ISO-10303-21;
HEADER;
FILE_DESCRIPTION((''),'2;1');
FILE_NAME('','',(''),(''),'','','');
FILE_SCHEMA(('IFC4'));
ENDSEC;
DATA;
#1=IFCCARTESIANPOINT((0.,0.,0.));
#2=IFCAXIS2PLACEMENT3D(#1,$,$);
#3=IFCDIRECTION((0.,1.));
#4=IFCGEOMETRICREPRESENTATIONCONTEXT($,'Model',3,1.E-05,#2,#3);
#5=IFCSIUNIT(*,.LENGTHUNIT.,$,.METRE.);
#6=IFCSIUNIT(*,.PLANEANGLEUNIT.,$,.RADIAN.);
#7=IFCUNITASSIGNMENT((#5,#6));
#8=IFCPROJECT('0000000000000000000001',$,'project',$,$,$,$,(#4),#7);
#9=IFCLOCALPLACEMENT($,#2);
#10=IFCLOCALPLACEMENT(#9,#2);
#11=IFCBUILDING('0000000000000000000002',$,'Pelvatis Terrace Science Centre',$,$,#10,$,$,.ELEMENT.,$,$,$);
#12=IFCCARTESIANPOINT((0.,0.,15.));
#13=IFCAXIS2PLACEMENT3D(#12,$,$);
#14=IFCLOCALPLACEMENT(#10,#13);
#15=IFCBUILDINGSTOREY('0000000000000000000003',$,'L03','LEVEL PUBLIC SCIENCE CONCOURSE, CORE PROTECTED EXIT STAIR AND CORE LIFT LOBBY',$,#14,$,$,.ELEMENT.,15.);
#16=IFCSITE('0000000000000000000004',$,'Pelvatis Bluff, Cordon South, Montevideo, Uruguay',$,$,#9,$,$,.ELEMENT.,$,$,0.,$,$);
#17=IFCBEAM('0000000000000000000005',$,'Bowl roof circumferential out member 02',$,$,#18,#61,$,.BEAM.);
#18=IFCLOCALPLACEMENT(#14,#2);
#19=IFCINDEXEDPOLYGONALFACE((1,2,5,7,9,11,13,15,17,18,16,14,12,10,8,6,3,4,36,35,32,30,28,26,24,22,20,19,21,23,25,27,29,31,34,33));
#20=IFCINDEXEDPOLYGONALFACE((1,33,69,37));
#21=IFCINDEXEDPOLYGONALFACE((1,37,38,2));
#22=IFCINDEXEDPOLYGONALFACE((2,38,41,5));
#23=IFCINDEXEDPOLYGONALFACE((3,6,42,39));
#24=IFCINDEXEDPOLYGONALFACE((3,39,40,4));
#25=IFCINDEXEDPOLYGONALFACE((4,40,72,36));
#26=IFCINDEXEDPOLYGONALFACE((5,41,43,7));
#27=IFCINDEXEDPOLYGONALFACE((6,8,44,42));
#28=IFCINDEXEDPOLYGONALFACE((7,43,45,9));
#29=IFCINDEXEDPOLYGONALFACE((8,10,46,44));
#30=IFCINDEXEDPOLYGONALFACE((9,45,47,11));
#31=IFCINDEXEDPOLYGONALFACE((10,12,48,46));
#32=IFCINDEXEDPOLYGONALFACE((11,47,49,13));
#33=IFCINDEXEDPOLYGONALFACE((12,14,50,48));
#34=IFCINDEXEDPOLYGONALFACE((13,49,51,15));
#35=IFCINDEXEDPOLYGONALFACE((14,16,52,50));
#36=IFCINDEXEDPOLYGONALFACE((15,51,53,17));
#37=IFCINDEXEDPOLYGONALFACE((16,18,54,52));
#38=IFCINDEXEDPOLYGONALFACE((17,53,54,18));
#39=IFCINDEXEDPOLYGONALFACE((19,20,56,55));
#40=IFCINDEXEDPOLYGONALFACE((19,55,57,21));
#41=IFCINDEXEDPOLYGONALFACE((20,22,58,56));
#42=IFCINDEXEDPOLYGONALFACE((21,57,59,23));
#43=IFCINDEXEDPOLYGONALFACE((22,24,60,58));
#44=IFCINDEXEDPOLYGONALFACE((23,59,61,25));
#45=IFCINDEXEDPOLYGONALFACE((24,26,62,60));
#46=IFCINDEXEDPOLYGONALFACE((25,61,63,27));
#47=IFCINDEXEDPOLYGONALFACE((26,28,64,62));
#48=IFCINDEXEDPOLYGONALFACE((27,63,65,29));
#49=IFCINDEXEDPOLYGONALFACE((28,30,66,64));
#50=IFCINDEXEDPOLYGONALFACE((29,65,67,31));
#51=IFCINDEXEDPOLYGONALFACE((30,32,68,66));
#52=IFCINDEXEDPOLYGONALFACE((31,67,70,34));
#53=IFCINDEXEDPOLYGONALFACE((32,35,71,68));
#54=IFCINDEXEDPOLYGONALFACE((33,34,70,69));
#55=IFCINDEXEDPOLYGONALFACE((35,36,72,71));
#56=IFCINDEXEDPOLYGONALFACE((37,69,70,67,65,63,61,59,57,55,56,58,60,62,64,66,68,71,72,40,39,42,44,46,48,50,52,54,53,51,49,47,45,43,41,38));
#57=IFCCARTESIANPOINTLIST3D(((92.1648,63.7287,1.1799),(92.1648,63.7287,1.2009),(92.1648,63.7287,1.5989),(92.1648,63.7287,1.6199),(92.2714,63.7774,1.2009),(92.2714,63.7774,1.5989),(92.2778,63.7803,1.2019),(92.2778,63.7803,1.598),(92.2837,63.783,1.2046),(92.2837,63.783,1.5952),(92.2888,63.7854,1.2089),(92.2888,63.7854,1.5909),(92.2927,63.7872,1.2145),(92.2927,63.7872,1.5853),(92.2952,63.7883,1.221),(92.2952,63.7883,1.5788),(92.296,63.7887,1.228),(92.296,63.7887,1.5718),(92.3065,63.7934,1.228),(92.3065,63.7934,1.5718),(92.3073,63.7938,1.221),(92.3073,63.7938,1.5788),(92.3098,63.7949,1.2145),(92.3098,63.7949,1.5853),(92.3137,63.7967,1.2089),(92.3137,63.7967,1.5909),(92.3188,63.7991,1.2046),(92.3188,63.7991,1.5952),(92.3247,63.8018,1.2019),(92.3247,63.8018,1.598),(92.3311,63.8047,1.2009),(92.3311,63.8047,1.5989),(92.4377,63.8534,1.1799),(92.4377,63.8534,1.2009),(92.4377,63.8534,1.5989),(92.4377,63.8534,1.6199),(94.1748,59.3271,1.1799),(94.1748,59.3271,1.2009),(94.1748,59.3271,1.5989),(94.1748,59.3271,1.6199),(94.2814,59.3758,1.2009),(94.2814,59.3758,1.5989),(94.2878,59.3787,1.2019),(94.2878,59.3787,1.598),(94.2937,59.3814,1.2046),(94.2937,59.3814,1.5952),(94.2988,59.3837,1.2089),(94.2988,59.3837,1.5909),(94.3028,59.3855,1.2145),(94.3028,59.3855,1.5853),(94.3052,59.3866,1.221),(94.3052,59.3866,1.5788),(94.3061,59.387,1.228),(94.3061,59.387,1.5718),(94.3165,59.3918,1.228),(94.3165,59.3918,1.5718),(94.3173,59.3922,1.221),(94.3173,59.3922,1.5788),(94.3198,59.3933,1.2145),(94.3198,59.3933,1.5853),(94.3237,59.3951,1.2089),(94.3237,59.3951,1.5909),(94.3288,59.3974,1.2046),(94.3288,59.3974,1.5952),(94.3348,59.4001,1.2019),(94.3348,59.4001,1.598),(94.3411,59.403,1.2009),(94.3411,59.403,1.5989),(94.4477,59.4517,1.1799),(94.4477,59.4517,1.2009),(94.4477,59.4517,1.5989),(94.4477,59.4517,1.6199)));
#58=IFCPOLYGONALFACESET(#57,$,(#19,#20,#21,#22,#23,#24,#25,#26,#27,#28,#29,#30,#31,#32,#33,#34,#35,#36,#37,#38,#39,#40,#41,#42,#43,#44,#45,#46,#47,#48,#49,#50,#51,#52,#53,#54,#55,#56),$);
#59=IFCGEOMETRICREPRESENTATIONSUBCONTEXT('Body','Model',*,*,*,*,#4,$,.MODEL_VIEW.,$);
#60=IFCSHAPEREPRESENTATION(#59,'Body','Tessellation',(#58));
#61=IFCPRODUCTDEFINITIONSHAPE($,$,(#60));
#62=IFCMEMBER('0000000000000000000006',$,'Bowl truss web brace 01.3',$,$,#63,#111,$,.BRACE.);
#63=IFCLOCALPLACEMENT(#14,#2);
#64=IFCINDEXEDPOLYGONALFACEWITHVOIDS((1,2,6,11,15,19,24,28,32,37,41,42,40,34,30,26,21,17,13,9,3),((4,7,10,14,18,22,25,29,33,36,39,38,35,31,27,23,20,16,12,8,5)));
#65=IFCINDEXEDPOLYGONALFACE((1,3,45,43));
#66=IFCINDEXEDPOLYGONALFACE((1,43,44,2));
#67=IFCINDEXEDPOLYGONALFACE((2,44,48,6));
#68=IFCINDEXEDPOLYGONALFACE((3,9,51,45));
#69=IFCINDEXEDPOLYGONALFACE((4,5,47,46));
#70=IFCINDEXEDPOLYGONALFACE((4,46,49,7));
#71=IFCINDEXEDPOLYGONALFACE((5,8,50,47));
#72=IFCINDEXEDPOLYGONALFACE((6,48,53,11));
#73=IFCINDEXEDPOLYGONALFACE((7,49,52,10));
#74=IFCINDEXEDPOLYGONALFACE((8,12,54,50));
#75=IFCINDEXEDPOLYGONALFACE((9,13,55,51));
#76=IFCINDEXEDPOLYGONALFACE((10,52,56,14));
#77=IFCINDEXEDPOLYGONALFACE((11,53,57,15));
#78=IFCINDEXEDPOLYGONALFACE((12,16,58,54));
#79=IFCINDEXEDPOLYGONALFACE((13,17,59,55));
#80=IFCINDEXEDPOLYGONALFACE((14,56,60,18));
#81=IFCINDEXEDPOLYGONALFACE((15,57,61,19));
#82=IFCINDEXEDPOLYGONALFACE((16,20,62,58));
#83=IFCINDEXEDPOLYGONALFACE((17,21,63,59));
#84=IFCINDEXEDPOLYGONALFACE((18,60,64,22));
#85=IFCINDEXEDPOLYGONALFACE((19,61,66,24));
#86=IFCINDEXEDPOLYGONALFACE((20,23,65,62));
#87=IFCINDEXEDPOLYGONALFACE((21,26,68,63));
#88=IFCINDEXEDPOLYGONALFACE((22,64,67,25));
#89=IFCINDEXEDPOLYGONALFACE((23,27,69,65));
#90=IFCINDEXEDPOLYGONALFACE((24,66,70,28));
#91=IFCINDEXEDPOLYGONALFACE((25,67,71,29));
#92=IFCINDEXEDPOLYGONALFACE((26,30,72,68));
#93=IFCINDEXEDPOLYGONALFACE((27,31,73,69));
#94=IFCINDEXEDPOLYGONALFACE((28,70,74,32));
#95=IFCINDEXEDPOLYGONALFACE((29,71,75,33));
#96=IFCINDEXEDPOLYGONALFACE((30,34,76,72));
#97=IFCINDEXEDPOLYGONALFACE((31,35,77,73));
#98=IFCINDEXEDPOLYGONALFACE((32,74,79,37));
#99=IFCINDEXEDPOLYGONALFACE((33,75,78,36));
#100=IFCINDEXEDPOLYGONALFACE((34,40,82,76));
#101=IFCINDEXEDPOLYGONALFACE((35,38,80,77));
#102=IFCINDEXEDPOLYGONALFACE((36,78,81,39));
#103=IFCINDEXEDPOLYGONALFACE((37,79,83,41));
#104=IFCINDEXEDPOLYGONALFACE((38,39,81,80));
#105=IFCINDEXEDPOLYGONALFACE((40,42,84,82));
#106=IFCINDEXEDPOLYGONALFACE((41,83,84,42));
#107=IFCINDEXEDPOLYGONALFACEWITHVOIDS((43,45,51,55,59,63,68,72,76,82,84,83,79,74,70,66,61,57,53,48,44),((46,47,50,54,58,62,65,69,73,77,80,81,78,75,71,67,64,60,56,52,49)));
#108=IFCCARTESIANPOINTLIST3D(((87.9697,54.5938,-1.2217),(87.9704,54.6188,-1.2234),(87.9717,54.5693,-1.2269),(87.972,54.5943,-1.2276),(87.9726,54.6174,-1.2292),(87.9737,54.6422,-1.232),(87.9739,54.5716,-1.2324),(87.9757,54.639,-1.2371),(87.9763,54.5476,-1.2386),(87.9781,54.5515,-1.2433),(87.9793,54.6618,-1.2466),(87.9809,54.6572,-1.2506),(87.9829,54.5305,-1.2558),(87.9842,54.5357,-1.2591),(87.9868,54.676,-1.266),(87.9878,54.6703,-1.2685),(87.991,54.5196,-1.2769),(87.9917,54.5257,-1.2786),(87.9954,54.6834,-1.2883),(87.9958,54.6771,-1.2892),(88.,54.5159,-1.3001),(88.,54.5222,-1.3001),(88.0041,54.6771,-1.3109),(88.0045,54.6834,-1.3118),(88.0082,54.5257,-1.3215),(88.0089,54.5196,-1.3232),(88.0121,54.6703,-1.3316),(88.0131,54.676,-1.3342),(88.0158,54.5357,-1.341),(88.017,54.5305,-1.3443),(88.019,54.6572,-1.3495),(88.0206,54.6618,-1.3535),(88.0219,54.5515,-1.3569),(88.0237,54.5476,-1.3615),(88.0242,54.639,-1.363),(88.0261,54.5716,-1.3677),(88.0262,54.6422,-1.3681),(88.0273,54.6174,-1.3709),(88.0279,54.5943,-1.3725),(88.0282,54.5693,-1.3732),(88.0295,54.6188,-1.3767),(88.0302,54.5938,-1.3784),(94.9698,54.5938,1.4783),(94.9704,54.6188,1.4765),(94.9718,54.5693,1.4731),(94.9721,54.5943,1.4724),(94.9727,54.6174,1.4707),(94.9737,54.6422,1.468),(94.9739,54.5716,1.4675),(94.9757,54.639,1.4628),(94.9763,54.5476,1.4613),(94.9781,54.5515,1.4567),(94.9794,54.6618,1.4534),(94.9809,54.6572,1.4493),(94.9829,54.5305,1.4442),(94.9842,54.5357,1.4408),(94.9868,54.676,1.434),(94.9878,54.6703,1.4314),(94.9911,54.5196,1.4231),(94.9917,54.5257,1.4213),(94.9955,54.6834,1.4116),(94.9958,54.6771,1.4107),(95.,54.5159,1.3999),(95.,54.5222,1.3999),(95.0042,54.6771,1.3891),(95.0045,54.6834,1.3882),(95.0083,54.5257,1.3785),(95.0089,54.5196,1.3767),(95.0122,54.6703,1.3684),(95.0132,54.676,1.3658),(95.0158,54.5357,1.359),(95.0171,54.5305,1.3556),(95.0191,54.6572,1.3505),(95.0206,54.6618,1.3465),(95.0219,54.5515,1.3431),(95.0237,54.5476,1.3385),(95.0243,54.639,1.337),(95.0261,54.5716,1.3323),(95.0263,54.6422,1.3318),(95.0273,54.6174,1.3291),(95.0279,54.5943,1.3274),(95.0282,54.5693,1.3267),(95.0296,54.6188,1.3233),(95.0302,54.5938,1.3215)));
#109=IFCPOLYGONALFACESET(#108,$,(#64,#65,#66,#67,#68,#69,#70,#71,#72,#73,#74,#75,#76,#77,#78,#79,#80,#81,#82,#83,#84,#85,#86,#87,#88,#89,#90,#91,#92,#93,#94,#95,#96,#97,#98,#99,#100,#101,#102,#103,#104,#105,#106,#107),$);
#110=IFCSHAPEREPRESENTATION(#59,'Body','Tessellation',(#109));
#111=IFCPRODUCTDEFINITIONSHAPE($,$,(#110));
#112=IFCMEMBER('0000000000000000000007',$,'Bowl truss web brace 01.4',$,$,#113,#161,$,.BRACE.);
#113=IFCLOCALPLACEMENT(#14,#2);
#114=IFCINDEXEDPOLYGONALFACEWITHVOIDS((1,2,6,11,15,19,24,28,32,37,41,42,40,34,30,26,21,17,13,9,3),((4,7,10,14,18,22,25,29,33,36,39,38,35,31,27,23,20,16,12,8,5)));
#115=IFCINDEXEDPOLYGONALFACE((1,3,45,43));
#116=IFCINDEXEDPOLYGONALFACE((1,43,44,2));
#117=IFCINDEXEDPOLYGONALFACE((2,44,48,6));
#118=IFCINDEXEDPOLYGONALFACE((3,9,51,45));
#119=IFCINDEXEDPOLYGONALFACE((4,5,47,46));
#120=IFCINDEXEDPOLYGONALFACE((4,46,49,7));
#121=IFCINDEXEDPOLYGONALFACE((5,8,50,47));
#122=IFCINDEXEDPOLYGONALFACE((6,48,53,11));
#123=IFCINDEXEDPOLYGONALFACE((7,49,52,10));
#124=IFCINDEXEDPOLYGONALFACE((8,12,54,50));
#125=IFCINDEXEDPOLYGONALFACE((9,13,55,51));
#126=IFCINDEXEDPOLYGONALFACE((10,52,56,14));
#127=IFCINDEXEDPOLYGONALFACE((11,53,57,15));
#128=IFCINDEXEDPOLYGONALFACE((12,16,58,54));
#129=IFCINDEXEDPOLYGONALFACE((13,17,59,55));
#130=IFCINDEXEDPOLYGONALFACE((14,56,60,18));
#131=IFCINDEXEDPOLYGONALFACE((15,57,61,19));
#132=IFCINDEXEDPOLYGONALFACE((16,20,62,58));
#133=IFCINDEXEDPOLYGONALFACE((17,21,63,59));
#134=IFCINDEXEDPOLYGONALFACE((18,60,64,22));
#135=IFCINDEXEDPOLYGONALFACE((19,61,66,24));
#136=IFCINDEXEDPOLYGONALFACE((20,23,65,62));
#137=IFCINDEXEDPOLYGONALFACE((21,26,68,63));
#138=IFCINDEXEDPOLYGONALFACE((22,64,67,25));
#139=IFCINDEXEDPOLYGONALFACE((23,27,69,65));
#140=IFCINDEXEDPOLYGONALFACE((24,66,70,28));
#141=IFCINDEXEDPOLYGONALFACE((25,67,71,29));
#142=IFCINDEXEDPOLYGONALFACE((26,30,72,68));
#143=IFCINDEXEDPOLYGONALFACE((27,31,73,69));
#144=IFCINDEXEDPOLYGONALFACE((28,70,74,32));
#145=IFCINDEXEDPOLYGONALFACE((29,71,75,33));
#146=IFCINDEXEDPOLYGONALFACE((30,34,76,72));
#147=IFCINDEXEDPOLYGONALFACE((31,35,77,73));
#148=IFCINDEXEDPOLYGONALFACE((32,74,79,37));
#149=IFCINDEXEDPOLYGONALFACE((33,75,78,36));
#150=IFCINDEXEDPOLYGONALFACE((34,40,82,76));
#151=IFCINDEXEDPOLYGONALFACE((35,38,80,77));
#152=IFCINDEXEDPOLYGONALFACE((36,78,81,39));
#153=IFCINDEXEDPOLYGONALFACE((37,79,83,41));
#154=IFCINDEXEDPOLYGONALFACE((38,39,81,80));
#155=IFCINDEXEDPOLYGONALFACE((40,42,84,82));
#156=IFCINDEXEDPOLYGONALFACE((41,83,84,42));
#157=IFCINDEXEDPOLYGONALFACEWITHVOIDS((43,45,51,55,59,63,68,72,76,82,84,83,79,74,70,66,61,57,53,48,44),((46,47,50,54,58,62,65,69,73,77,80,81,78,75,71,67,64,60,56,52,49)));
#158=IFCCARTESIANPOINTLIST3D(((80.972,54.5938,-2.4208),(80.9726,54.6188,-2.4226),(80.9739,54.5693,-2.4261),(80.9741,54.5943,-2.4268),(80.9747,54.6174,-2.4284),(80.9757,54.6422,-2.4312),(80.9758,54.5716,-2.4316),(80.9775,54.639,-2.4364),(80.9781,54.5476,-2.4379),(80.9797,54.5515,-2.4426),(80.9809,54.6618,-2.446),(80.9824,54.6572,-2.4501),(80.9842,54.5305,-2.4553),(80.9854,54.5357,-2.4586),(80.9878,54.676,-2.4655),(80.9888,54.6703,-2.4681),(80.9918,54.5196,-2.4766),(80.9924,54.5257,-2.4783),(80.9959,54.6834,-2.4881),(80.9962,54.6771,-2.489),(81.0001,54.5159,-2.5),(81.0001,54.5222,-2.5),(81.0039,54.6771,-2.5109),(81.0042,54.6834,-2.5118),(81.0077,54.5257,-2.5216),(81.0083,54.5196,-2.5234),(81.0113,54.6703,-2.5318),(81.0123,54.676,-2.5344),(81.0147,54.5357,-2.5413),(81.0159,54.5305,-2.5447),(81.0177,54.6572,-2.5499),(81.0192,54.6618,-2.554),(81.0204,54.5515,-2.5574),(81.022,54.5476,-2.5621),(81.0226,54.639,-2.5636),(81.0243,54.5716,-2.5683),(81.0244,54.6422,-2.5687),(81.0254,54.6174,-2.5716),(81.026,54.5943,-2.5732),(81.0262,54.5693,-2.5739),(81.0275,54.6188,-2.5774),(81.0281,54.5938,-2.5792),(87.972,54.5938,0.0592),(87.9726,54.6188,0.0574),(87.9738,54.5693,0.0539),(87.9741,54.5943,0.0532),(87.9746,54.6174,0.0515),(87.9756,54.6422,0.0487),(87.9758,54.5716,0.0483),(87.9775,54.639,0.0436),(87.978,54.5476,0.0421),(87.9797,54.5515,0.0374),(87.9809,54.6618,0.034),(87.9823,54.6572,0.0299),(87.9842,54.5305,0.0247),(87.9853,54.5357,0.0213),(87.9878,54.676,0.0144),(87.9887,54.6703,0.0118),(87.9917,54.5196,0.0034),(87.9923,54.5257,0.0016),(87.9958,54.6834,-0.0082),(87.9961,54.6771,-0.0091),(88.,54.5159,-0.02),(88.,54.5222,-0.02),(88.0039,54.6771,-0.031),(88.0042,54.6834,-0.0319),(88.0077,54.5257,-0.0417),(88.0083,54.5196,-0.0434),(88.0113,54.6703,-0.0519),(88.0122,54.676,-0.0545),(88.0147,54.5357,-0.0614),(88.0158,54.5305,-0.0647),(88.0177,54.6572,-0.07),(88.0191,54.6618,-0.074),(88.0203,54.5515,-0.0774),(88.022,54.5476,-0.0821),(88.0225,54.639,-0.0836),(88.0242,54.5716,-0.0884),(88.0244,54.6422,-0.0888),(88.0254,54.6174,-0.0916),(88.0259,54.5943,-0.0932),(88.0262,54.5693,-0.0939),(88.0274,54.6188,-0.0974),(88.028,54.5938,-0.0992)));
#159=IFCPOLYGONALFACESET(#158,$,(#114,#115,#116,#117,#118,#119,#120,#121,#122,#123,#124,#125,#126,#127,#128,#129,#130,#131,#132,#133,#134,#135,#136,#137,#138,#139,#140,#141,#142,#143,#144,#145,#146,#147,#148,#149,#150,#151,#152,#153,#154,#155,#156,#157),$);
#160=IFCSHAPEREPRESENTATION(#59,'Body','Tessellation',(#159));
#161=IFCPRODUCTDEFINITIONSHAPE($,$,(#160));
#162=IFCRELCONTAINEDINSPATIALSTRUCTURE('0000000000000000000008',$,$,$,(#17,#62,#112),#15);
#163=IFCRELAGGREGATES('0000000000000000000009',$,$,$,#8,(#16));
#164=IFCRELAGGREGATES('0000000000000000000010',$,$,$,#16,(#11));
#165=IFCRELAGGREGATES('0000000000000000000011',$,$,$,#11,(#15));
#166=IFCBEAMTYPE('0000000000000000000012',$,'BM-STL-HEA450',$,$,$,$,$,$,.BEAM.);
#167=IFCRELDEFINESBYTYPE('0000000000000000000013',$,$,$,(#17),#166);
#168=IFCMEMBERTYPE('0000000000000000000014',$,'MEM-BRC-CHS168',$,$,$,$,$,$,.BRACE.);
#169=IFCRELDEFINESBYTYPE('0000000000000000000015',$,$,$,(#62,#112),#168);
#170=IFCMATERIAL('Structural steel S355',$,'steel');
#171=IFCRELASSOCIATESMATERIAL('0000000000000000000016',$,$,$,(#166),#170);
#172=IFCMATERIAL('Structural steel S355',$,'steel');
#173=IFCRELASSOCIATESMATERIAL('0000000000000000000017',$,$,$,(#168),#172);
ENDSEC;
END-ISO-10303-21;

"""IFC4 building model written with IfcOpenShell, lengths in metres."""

from ifc_helpers import new_model, si_unit, direction, frame, origin, origin_2d, place, context, subcontext, project, spatial, hollow_circle, i_section, extrude, material, material_profile, profile_set, type_object, element, save


model = new_model("IFC4")

# Units and contexts
model_context = context("Model", 3, precision=1e-05, world=origin(), true_north=direction((0.0, 1.0)))
body_context = subcontext(model_context, "Body", "Model", "MODEL_VIEW")
ifc_project = project(units=[si_unit("LENGTHUNIT", "METRE"), si_unit("PLANEANGLEUNIT", "RADIAN")], contexts=[model_context])

# Site, building, storey
site_placement = place(None, origin())
site = spatial("IfcSite", under=ifc_project, at=site_placement, Name="Pelvatis Bluff, Cordon South, Montevideo, Uruguay", CompositionType="ELEMENT", RefElevation=0.0)
building_placement = place(site_placement, origin())
building = spatial("IfcBuilding", under=site, at=building_placement, Name="Pelvatis Terrace Science Centre", CompositionType="ELEMENT")
storey_placement = place(building_placement, frame((0.0, 0.0, 15.0)))
storey = spatial("IfcBuildingStorey", under=building, at=storey_placement, Name="L03", Description="LEVEL PUBLIC SCIENCE CONCOURSE, CORE PROTECTED EXIT STAIR AND CORE LIFT LOBBY", CompositionType="ELEMENT", Elevation=15.0)

# Beam
ifc_material_1 = material(Name="Structural steel S355", Category="steel")
ifc_material_profile_1 = material_profile(ifc_material_1, i_section(OverallWidth=0.3, OverallDepth=0.4399, WebThickness=0.0115, FlangeThickness=0.021, FilletRadius=0.0271, at=origin_2d()), Name="HEA 450")
ifc_profile_set_1 = profile_set([ifc_material_profile_1], Name="Structural steel S355")
beam_type_1 = type_object("IfcBeamType", Name="BM-STL-HEA450", PredefinedType="BEAM", material=ifc_profile_set_1)
beam_1_placement = place(storey_placement, frame((94.3113, 59.3894, 1.3999), z_axis=(-0.415391, 0.909643, 0.0), x_axis=(-0.909643, -0.415391, 0.0)))
element("IfcBeam", 1, at=beam_1_placement, inside=storey, type_object=beam_type_1, Name="Bowl roof circumferential out member 02", PredefinedType="BEAM", context=body_context, shape_type="SweptSolid", body=[
    extrude(i_section(OverallWidth=0.3, OverallDepth=0.4399, WebThickness=0.0115, FlangeThickness=0.021, FilletRadius=0.0271, at=origin_2d()), origin(), (0.0, 0.0, 1.0), 4.8389),
])

# Members
ifc_material_2 = material(Name="Structural steel S355", Category="steel")
ifc_material_profile_2 = material_profile(ifc_material_2, hollow_circle(Radius=0.0842, WallThickness=0.0063, at=origin_2d()), Name="CHS 168.3x6.3")
ifc_profile_set_2 = profile_set([ifc_material_profile_2], Name="Structural steel S355")
member_type_1 = type_object("IfcMemberType", Name="MEM-BRC-CHS168", PredefinedType="BRACE", material=ifc_profile_set_2)
member_1_placement = place(storey_placement, frame((95.0, 54.6001, 1.3999), z_axis=(-0.933004, 0.0, -0.359866), x_axis=(0.0, -1.0, 0.0)))
element("IfcMember", 2, at=member_1_placement, inside=storey, type_object=member_type_1, Name="Bowl truss web brace 01.3", PredefinedType="BRACE", context=body_context, shape_type="SweptSolid", body=[
    extrude(hollow_circle(Radius=0.0842, WallThickness=0.0063, at=origin_2d()), origin(), (0.0, 0.0, 1.0), 7.5027),
])
member_2_placement = place(storey_placement, frame((88.0, 54.6001, -0.02), z_axis=(-0.942593, 0.0, -0.333945), x_axis=(0.0, -1.0, 0.0)))
element("IfcMember", 3, at=member_2_placement, inside=storey, type_object=member_type_1, Name="Bowl truss web brace 01.4", PredefinedType="BRACE", context=body_context, shape_type="SweptSolid", body=[
    extrude(hollow_circle(Radius=0.0842, WallThickness=0.0063, at=origin_2d()), origin(), (0.0, 0.0, 1.0), 7.4263),
])

save(model, "model.ifc")
